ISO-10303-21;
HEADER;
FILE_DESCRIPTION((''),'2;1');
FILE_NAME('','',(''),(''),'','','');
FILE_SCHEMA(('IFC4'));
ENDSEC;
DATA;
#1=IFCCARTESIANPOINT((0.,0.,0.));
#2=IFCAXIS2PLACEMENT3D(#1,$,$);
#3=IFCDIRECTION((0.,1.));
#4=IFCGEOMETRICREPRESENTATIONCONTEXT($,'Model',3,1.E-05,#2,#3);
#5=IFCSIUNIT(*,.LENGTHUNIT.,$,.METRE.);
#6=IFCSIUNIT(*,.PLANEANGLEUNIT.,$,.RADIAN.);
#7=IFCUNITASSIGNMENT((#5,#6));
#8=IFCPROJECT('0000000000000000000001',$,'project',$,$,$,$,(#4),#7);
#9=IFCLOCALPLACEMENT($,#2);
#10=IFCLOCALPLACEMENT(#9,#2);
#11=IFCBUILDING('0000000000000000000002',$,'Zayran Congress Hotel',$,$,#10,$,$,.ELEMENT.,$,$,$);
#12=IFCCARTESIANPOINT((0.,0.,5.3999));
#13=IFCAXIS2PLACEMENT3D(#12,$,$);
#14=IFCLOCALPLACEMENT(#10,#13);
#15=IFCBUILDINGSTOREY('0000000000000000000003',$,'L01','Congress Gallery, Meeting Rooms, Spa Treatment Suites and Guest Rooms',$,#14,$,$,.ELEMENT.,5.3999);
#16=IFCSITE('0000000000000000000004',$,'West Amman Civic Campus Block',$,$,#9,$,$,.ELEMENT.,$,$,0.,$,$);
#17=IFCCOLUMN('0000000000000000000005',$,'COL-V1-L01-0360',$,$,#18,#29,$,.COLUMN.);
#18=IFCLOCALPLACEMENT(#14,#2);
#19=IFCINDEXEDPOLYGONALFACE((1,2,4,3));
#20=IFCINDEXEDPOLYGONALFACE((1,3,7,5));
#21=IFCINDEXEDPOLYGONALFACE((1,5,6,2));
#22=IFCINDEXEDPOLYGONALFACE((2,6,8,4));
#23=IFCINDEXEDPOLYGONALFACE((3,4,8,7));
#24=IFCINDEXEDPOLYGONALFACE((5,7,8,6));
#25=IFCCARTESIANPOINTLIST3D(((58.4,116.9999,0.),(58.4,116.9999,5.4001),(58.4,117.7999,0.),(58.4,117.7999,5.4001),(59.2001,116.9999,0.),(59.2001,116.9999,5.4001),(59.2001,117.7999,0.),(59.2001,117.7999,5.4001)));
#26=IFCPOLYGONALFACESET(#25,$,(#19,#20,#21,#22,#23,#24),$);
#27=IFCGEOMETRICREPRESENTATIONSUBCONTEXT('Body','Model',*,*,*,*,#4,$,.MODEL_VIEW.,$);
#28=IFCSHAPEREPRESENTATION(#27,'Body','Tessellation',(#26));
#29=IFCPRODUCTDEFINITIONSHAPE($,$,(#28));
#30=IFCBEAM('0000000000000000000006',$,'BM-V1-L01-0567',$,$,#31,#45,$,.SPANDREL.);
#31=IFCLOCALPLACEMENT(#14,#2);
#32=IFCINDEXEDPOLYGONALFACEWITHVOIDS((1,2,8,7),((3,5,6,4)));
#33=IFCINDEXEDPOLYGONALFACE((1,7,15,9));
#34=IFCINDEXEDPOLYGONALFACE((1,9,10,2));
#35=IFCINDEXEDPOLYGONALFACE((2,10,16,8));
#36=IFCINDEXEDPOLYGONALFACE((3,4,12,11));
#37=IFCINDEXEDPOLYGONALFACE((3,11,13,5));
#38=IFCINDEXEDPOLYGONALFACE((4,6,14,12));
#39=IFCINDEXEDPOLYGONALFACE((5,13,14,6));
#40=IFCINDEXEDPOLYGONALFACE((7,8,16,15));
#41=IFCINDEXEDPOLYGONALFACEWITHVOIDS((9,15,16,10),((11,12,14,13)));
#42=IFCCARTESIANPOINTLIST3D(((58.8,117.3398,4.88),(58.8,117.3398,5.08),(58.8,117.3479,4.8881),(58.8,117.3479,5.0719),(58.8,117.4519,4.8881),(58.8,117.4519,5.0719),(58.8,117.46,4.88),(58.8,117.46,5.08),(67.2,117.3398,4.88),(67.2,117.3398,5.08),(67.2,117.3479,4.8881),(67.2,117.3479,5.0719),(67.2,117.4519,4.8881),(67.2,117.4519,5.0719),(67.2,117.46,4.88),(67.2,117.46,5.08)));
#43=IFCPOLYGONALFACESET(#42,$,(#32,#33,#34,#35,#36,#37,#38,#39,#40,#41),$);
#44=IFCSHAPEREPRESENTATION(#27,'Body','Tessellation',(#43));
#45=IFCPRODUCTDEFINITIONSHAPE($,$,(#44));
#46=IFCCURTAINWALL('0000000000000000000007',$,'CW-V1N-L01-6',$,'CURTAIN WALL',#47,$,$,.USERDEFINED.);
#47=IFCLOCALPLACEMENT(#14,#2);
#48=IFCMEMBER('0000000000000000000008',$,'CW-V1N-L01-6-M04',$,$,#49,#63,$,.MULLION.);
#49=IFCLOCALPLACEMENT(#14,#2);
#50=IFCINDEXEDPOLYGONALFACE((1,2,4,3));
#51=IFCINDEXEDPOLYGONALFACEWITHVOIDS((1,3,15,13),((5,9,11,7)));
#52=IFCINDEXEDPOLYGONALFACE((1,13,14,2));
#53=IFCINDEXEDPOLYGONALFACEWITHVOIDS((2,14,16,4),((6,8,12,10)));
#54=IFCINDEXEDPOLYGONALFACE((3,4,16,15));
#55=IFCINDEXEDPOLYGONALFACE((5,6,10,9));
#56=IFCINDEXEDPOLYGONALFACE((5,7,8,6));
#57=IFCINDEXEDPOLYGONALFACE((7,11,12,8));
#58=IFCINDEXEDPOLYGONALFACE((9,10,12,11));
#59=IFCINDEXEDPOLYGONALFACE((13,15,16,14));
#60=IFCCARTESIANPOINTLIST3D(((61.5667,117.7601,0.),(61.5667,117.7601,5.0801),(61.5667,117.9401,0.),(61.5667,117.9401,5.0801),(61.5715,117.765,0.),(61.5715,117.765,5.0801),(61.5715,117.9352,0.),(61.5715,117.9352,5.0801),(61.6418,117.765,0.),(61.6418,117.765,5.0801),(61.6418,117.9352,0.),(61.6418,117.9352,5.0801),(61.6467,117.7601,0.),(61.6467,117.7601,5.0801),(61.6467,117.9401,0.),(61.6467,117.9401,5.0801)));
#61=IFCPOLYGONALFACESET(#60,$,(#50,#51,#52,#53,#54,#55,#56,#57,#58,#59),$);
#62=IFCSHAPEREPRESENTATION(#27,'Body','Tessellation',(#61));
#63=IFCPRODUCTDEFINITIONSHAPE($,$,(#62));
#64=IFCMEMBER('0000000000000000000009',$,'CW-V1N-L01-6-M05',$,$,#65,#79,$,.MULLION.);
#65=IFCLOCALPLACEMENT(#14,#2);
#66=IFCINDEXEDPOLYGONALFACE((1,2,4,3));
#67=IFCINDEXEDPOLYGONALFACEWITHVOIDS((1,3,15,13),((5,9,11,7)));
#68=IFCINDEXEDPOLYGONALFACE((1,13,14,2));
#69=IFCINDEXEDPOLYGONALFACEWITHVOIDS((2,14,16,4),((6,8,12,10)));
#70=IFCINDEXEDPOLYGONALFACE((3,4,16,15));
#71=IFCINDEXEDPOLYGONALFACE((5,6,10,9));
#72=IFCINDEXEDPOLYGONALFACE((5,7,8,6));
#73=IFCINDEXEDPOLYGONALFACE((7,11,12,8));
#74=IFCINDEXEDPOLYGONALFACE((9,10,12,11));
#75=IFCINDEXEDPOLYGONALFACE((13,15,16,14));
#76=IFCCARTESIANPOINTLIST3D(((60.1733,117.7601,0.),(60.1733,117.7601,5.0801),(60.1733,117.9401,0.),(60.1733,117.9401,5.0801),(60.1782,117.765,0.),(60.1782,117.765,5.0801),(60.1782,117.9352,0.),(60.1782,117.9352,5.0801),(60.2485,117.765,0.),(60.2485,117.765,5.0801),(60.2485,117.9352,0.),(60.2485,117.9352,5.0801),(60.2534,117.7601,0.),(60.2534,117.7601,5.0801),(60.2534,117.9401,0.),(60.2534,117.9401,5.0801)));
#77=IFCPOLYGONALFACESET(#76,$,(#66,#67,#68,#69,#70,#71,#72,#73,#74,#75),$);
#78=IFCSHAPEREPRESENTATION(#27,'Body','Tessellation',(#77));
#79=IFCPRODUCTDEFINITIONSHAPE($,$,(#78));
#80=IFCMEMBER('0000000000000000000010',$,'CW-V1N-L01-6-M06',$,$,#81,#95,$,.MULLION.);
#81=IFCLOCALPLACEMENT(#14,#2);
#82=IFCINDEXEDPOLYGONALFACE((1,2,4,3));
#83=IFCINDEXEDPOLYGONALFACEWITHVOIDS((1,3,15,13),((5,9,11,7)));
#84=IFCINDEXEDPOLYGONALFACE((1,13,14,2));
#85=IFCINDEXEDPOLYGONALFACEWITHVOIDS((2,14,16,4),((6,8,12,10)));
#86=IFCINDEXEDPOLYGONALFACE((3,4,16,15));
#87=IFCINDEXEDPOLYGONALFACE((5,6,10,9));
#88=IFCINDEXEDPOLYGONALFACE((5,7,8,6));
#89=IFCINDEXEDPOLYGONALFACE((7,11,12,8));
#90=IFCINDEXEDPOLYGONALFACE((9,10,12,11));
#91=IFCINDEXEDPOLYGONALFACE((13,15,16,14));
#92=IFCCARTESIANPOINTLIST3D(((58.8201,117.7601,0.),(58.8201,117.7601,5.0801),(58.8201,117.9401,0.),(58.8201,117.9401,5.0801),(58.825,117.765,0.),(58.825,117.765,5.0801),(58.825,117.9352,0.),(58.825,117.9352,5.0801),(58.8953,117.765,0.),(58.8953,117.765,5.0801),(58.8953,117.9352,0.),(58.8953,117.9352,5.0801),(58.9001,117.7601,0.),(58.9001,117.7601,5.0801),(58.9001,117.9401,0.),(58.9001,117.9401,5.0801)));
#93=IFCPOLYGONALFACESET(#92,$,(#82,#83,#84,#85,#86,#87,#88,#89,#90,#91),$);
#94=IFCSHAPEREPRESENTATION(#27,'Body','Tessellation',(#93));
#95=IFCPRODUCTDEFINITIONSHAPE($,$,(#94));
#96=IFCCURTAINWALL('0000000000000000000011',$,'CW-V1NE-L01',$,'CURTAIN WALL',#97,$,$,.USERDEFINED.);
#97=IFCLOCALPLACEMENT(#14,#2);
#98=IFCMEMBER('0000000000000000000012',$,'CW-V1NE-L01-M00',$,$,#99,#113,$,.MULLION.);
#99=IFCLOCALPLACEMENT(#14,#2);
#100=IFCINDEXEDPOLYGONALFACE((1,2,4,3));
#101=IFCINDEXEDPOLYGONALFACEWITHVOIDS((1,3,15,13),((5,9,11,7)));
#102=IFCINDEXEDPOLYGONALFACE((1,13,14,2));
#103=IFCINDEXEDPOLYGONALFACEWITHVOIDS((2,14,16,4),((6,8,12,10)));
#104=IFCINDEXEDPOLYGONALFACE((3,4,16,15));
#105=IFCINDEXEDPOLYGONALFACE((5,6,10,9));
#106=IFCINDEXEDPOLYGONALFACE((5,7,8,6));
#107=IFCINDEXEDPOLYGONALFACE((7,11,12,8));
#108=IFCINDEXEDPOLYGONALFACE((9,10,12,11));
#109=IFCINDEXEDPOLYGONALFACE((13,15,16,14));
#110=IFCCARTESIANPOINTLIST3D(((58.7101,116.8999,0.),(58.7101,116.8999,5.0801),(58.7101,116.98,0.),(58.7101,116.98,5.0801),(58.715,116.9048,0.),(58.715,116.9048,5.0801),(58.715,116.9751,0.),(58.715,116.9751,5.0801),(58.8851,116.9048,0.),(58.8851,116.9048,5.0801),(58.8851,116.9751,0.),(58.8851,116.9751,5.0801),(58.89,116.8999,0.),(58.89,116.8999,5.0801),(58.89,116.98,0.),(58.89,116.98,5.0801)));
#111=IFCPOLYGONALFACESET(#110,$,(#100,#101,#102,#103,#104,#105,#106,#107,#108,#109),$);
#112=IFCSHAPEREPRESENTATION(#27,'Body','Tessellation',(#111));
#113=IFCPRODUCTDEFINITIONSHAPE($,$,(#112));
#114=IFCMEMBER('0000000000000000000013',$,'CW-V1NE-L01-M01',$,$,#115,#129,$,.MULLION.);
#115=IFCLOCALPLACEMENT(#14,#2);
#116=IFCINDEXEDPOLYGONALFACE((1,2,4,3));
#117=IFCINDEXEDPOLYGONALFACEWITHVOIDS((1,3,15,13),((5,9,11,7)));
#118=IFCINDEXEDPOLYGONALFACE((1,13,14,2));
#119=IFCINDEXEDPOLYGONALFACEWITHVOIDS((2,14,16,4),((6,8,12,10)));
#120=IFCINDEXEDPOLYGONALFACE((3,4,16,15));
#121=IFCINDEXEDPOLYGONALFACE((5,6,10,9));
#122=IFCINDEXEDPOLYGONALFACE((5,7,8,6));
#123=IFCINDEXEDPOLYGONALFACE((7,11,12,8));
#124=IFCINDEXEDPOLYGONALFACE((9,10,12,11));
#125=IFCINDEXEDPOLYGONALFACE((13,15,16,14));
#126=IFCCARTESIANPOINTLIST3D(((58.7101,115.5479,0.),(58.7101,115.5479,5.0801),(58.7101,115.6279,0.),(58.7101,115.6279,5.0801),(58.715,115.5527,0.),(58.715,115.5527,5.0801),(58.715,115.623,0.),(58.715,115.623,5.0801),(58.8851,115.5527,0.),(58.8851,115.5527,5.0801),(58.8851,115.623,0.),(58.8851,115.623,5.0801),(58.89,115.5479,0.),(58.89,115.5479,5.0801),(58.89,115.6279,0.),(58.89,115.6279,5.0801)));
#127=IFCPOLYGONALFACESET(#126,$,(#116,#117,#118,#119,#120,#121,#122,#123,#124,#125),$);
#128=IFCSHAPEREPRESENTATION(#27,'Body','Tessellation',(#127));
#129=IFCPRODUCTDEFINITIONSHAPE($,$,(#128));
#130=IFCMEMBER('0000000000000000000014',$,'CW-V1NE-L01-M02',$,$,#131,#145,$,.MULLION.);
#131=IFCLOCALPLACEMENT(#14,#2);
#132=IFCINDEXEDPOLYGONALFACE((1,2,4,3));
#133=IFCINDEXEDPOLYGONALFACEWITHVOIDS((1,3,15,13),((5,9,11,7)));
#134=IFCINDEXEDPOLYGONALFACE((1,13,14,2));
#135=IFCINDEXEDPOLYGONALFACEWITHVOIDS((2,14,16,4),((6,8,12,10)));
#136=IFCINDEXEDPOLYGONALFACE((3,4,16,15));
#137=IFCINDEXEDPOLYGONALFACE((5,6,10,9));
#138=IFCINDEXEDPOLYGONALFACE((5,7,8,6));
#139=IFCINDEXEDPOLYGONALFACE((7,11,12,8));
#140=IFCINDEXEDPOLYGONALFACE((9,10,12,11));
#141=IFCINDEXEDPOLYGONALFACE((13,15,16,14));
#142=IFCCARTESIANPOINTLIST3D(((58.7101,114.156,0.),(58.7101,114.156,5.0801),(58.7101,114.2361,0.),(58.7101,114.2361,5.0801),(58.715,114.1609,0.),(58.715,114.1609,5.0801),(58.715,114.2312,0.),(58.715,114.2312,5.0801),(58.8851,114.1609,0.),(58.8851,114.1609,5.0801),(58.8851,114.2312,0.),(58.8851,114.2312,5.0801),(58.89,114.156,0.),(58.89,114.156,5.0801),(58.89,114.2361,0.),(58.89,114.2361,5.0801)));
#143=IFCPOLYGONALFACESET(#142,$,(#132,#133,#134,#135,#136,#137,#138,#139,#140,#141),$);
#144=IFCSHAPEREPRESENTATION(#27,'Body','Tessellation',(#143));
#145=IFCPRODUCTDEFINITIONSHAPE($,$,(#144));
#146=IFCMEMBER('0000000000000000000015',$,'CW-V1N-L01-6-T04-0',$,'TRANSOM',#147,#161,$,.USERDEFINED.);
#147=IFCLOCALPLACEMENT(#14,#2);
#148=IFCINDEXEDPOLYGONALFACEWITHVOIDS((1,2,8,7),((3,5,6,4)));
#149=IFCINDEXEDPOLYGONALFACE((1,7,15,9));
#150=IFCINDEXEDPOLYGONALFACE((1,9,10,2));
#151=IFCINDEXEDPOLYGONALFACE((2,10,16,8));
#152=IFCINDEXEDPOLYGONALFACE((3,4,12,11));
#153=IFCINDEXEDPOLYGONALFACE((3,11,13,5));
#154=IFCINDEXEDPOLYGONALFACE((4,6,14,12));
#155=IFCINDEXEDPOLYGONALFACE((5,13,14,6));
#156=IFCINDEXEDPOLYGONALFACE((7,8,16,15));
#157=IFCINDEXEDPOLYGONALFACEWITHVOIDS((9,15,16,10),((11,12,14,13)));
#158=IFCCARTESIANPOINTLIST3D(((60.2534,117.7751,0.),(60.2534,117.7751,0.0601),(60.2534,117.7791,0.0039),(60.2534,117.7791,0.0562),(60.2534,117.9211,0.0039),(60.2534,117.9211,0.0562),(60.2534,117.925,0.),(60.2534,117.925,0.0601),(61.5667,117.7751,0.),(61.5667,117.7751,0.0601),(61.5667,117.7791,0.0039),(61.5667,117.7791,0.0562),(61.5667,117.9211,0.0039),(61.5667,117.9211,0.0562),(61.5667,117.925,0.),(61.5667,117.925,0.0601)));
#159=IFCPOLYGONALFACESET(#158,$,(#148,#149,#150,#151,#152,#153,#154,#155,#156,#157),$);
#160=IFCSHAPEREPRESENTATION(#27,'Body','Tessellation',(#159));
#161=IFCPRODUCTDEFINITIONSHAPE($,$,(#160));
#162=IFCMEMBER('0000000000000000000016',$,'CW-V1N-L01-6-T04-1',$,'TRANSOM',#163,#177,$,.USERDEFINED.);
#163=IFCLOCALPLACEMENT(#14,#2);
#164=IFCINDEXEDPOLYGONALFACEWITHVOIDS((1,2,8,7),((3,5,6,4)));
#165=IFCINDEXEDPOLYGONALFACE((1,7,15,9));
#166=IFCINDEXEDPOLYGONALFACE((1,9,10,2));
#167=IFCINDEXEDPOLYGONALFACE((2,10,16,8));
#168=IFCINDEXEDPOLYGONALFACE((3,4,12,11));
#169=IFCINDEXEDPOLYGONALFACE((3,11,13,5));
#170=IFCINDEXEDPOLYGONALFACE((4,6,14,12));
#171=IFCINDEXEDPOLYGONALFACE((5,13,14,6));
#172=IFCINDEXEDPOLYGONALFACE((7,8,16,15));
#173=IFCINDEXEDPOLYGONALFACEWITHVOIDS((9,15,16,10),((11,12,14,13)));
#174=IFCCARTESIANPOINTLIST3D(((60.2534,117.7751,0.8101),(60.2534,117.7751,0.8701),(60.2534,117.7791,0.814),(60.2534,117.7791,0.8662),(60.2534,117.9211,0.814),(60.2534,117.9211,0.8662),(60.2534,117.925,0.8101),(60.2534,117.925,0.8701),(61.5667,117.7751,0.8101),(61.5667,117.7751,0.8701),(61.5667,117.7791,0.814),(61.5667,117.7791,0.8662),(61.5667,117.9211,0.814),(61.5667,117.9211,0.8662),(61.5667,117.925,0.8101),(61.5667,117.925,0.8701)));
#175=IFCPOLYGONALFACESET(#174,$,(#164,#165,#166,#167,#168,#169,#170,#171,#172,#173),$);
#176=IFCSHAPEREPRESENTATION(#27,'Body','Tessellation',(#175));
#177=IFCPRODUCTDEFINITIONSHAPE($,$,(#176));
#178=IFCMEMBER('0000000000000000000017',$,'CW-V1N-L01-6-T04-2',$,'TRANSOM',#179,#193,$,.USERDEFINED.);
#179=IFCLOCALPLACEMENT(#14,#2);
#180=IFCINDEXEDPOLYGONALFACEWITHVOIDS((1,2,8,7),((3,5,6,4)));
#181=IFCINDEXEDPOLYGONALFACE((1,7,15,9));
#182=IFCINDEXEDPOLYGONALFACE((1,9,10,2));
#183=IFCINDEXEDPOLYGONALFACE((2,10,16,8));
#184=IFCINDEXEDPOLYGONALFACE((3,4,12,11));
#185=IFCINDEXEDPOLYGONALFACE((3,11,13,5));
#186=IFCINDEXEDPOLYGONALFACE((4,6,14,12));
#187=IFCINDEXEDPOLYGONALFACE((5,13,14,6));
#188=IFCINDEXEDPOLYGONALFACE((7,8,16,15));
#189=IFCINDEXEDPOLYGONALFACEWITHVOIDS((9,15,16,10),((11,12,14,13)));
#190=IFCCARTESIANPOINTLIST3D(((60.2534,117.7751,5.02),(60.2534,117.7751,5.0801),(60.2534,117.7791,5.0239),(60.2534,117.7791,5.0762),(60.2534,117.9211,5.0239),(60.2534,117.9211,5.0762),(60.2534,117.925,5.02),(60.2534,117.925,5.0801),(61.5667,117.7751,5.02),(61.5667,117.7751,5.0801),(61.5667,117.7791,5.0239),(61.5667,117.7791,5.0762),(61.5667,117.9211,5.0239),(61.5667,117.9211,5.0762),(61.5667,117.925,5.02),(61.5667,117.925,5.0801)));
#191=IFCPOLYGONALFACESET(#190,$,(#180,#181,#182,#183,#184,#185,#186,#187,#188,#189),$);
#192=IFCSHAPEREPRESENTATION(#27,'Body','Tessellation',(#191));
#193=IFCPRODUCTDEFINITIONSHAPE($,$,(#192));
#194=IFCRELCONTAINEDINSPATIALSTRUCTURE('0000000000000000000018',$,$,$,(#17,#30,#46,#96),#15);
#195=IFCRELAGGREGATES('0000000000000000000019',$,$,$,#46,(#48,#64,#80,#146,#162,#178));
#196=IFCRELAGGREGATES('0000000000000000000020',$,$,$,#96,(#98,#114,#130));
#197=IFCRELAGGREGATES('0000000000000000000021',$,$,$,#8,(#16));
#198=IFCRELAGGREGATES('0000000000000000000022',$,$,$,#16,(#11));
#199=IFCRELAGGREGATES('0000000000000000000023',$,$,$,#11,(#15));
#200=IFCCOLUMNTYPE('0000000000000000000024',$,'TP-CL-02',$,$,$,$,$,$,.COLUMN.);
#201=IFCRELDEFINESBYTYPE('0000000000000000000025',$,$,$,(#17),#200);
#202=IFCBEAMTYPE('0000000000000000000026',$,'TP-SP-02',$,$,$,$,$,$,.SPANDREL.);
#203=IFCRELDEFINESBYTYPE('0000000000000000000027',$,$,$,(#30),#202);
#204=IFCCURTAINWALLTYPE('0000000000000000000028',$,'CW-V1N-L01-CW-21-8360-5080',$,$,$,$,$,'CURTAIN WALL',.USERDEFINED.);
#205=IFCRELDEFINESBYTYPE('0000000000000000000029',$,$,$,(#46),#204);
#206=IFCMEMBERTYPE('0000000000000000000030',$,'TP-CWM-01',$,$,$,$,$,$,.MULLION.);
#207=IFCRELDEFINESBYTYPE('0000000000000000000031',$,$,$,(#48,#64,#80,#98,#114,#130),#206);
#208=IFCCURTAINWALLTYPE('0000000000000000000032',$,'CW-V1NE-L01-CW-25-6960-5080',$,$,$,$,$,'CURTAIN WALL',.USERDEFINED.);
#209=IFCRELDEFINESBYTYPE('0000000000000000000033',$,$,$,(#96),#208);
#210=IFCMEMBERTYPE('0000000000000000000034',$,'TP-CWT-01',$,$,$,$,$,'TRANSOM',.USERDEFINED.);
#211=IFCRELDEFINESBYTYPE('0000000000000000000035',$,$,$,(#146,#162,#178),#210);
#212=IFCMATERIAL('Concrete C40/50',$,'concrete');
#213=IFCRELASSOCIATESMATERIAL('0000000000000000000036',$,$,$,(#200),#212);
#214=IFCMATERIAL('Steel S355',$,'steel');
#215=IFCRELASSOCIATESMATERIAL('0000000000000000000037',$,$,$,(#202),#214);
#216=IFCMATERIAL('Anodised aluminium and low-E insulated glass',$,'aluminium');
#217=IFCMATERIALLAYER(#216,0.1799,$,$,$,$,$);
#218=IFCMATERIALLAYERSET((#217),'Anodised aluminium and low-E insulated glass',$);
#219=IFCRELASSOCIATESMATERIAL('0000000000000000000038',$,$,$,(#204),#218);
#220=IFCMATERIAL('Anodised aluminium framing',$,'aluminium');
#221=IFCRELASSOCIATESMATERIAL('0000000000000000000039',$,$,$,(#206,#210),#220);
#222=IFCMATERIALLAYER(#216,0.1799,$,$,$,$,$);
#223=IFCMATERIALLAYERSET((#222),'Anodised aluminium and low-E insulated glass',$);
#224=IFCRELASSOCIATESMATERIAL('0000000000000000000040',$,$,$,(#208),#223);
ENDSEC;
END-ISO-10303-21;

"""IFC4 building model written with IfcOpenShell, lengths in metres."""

from ifc_helpers import new_model, si_unit, direction, frame, origin, origin_2d, place, context, subcontext, project, spatial, rectangle, hollow_rectangle, extrude, material, layer, layer_set, material_profile, profile_set, type_object, element, aggregate, save


model = new_model("IFC4")

# Units and contexts
model_context = context("Model", 3, precision=1e-05, world=origin(), true_north=direction((0.0, 1.0)))
body_context = subcontext(model_context, "Body", "Model", "MODEL_VIEW")
ifc_project = project(units=[si_unit("LENGTHUNIT", "METRE"), si_unit("PLANEANGLEUNIT", "RADIAN")], contexts=[model_context])

# Site, building, storey
site_placement = place(None, origin())
site = spatial("IfcSite", under=ifc_project, at=site_placement, Name="West Amman Civic Campus Block", CompositionType="ELEMENT", RefElevation=0.0)
building_placement = place(site_placement, origin())
building = spatial("IfcBuilding", under=site, at=building_placement, Name="Zayran Congress Hotel", CompositionType="ELEMENT")
storey_placement = place(building_placement, frame((0.0, 0.0, 5.3999)))
storey = spatial("IfcBuildingStorey", under=building, at=storey_placement, Name="L01", Description="Congress Gallery, Meeting Rooms, Spa Treatment Suites and Guest Rooms", CompositionType="ELEMENT", Elevation=5.3999)

# Column
ifc_material_1 = material(Name="Concrete C40/50", Category="concrete")
ifc_material_profile_1 = material_profile(ifc_material_1, rectangle(XDim=0.8, YDim=0.8, at=origin_2d()), Name="RC 800x800")
ifc_profile_set_1 = profile_set([ifc_material_profile_1], Name="Concrete C40/50")
column_type = type_object("IfcColumnType", Name="TP-CL-02", PredefinedType="COLUMN", material=ifc_profile_set_1)
column_placement = place(storey_placement, frame((58.8, 117.3999, 0.0), z_axis=(0.0, 0.0, 1.0), x_axis=(1.0, 0.0, 0.0)))
element("IfcColumn", 1, at=column_placement, inside=storey, type_object=column_type, Name="COL-V1-L01-0360", PredefinedType="COLUMN", context=body_context, shape_type="SweptSolid", body=[
    extrude(rectangle(XDim=0.8, YDim=0.8, at=origin_2d()), origin(), (0.0, 0.0, 1.0), 5.4001),
])

# Beam
ifc_material_2 = material(Name="Steel S355", Category="steel")
ifc_material_profile_2 = material_profile(ifc_material_2, hollow_rectangle(XDim=0.1201, YDim=0.2, WallThickness=0.0081, at=origin_2d()), Name="RHS 200x120x8")
ifc_profile_set_2 = profile_set([ifc_material_profile_2], Name="Steel S355")
beam_type = type_object("IfcBeamType", Name="TP-SP-02", PredefinedType="SPANDREL", material=ifc_profile_set_2)
beam_placement = place(storey_placement, frame((58.8, 117.3999, 4.98), z_axis=(1.0, 0.0, 0.0), x_axis=(0.0, 1.0, 0.0)))
element("IfcBeam", 2, at=beam_placement, inside=storey, type_object=beam_type, Name="BM-V1-L01-0567", PredefinedType="SPANDREL", context=body_context, shape_type="SweptSolid", body=[
    extrude(hollow_rectangle(XDim=0.1201, YDim=0.2, WallThickness=0.0081, at=origin_2d()), origin(), (0.0, 0.0, 1.0), 8.3999),
])

# Curtain walls, members
ifc_material_3 = material(Name="Anodised aluminium and low-E insulated glass", Category="aluminium")
ifc_layer_1 = layer(ifc_material_3, 0.1799)
ifc_layer_set_1 = layer_set([ifc_layer_1], Name="Anodised aluminium and low-E insulated glass")
curtain_wall_type_1 = type_object("IfcCurtainWallType", Name="CW-V1N-L01-CW-21-8360-5080", ElementType="CURTAIN WALL", PredefinedType="USERDEFINED", material=ifc_layer_set_1)
curtain_wall_1_placement = place(storey_placement, origin())
curtain_wall_1 = element("IfcCurtainWall", 3, at=curtain_wall_1_placement, inside=storey, type_object=curtain_wall_type_1, Name="CW-V1N-L01-6", ObjectType="CURTAIN WALL", PredefinedType="USERDEFINED")
ifc_material_4 = material(Name="Anodised aluminium framing", Category="aluminium")
ifc_material_profile_3 = material_profile(ifc_material_4, hollow_rectangle(XDim=0.0801, YDim=0.1799, WallThickness=0.0049, at=origin_2d()), Name="RHS 180x80x5")
ifc_profile_set_3 = profile_set([ifc_material_profile_3], Name="Anodised aluminium framing")
member_type_1 = type_object("IfcMemberType", Name="TP-CWM-01", PredefinedType="MULLION", material=ifc_profile_set_3)
member_1_placement = place(storey_placement, frame((61.6067, 117.8501, 0.0), z_axis=(0.0, 0.0, 1.0), x_axis=(1.0, 0.0, 0.0)))
member_1 = element("IfcMember", 4, at=member_1_placement, type_object=member_type_1, Name="CW-V1N-L01-6-M04", PredefinedType="MULLION", context=body_context, shape_type="SweptSolid", body=[
    extrude(hollow_rectangle(XDim=0.0801, YDim=0.1799, WallThickness=0.0049, at=origin_2d()), origin(), (0.0, 0.0, 1.0), 5.0801),
])
member_2_placement = place(storey_placement, frame((60.2134, 117.8501, 0.0), z_axis=(0.0, 0.0, 1.0), x_axis=(1.0, 0.0, 0.0)))
member_2 = element("IfcMember", 5, at=member_2_placement, type_object=member_type_1, Name="CW-V1N-L01-6-M05", PredefinedType="MULLION", context=body_context, shape_type="SweptSolid", body=[
    extrude(hollow_rectangle(XDim=0.0801, YDim=0.1799, WallThickness=0.0049, at=origin_2d()), origin(), (0.0, 0.0, 1.0), 5.0801),
])
member_3_placement = place(storey_placement, frame((58.8601, 117.8501, 0.0), z_axis=(0.0, 0.0, 1.0), x_axis=(1.0, 0.0, 0.0)))
member_3 = element("IfcMember", 6, at=member_3_placement, type_object=member_type_1, Name="CW-V1N-L01-6-M06", PredefinedType="MULLION", context=body_context, shape_type="SweptSolid", body=[
    extrude(hollow_rectangle(XDim=0.0801, YDim=0.1799, WallThickness=0.0049, at=origin_2d()), origin(), (0.0, 0.0, 1.0), 5.0801),
])
ifc_layer_2 = layer(ifc_material_3, 0.1799)
ifc_layer_set_2 = layer_set([ifc_layer_2], Name="Anodised aluminium and low-E insulated glass")
curtain_wall_type_2 = type_object("IfcCurtainWallType", Name="CW-V1NE-L01-CW-25-6960-5080", ElementType="CURTAIN WALL", PredefinedType="USERDEFINED", material=ifc_layer_set_2)
curtain_wall_2_placement = place(storey_placement, origin())
curtain_wall_2 = element("IfcCurtainWall", 7, at=curtain_wall_2_placement, inside=storey, type_object=curtain_wall_type_2, Name="CW-V1NE-L01", ObjectType="CURTAIN WALL", PredefinedType="USERDEFINED")
member_4_placement = place(storey_placement, frame((58.8, 116.9399, 0.0), z_axis=(0.0, 0.0, 1.0), x_axis=(0.0, 1.0, 0.0)))
member_4 = element("IfcMember", 8, at=member_4_placement, type_object=member_type_1, Name="CW-V1NE-L01-M00", PredefinedType="MULLION", context=body_context, shape_type="SweptSolid", body=[
    extrude(hollow_rectangle(XDim=0.0801, YDim=0.1799, WallThickness=0.0049, at=origin_2d()), origin(), (0.0, 0.0, 1.0), 5.0801),
])
member_5_placement = place(storey_placement, frame((58.8, 115.5879, 0.0), z_axis=(0.0, 0.0, 1.0), x_axis=(0.0, 1.0, 0.0)))
member_5 = element("IfcMember", 9, at=member_5_placement, type_object=member_type_1, Name="CW-V1NE-L01-M01", PredefinedType="MULLION", context=body_context, shape_type="SweptSolid", body=[
    extrude(hollow_rectangle(XDim=0.0801, YDim=0.1799, WallThickness=0.0049, at=origin_2d()), origin(), (0.0, 0.0, 1.0), 5.0801),
])
member_6_placement = place(storey_placement, frame((58.8, 114.196, 0.0), z_axis=(0.0, 0.0, 1.0), x_axis=(0.0, 1.0, 0.0)))
member_6 = element("IfcMember", 10, at=member_6_placement, type_object=member_type_1, Name="CW-V1NE-L01-M02", PredefinedType="MULLION", context=body_context, shape_type="SweptSolid", body=[
    extrude(hollow_rectangle(XDim=0.0801, YDim=0.1799, WallThickness=0.0049, at=origin_2d()), origin(), (0.0, 0.0, 1.0), 5.0801),
])

# Members
ifc_material_profile_4 = material_profile(ifc_material_4, hollow_rectangle(XDim=0.0601, YDim=0.1499, WallThickness=0.0039, at=origin_2d()), Name="RHS 150x60x4")
ifc_profile_set_4 = profile_set([ifc_material_profile_4], Name="Anodised aluminium framing")
member_type_2 = type_object("IfcMemberType", Name="TP-CWT-01", ElementType="TRANSOM", PredefinedType="USERDEFINED", material=ifc_profile_set_4)
member_7_placement = place(storey_placement, frame((61.5667, 117.8501, 0.03), z_axis=(-1.0, 0.0, 0.0), x_axis=(0.0, 0.0, 1.0)))
member_7 = element("IfcMember", 11, at=member_7_placement, type_object=member_type_2, Name="CW-V1N-L01-6-T04-0", ObjectType="TRANSOM", PredefinedType="USERDEFINED", context=body_context, shape_type="SweptSolid", body=[
    extrude(hollow_rectangle(XDim=0.0601, YDim=0.1499, WallThickness=0.0039, at=origin_2d()), origin(), (0.0, 0.0, 1.0), 1.3132),
])
member_8_placement = place(storey_placement, frame((61.5667, 117.8501, 0.8401), z_axis=(-1.0, 0.0, 0.0), x_axis=(0.0, 0.0, 1.0)))
member_8 = element("IfcMember", 12, at=member_8_placement, type_object=member_type_2, Name="CW-V1N-L01-6-T04-1", ObjectType="TRANSOM", PredefinedType="USERDEFINED", context=body_context, shape_type="SweptSolid", body=[
    extrude(hollow_rectangle(XDim=0.0601, YDim=0.1499, WallThickness=0.0039, at=origin_2d()), origin(), (0.0, 0.0, 1.0), 1.3132),
])
member_9_placement = place(storey_placement, frame((61.5667, 117.8501, 5.05), z_axis=(-1.0, 0.0, 0.0), x_axis=(0.0, 0.0, 1.0)))
member_9 = element("IfcMember", 13, at=member_9_placement, type_object=member_type_2, Name="CW-V1N-L01-6-T04-2", ObjectType="TRANSOM", PredefinedType="USERDEFINED", context=body_context, shape_type="SweptSolid", body=[
    extrude(hollow_rectangle(XDim=0.0601, YDim=0.1499, WallThickness=0.0039, at=origin_2d()), origin(), (0.0, 0.0, 1.0), 1.3132),
])

aggregate(curtain_wall_1, [member_1, member_2, member_3, member_7, member_8, member_9])
aggregate(curtain_wall_2, [member_4, member_5, member_6])

save(model, "model.ifc")
